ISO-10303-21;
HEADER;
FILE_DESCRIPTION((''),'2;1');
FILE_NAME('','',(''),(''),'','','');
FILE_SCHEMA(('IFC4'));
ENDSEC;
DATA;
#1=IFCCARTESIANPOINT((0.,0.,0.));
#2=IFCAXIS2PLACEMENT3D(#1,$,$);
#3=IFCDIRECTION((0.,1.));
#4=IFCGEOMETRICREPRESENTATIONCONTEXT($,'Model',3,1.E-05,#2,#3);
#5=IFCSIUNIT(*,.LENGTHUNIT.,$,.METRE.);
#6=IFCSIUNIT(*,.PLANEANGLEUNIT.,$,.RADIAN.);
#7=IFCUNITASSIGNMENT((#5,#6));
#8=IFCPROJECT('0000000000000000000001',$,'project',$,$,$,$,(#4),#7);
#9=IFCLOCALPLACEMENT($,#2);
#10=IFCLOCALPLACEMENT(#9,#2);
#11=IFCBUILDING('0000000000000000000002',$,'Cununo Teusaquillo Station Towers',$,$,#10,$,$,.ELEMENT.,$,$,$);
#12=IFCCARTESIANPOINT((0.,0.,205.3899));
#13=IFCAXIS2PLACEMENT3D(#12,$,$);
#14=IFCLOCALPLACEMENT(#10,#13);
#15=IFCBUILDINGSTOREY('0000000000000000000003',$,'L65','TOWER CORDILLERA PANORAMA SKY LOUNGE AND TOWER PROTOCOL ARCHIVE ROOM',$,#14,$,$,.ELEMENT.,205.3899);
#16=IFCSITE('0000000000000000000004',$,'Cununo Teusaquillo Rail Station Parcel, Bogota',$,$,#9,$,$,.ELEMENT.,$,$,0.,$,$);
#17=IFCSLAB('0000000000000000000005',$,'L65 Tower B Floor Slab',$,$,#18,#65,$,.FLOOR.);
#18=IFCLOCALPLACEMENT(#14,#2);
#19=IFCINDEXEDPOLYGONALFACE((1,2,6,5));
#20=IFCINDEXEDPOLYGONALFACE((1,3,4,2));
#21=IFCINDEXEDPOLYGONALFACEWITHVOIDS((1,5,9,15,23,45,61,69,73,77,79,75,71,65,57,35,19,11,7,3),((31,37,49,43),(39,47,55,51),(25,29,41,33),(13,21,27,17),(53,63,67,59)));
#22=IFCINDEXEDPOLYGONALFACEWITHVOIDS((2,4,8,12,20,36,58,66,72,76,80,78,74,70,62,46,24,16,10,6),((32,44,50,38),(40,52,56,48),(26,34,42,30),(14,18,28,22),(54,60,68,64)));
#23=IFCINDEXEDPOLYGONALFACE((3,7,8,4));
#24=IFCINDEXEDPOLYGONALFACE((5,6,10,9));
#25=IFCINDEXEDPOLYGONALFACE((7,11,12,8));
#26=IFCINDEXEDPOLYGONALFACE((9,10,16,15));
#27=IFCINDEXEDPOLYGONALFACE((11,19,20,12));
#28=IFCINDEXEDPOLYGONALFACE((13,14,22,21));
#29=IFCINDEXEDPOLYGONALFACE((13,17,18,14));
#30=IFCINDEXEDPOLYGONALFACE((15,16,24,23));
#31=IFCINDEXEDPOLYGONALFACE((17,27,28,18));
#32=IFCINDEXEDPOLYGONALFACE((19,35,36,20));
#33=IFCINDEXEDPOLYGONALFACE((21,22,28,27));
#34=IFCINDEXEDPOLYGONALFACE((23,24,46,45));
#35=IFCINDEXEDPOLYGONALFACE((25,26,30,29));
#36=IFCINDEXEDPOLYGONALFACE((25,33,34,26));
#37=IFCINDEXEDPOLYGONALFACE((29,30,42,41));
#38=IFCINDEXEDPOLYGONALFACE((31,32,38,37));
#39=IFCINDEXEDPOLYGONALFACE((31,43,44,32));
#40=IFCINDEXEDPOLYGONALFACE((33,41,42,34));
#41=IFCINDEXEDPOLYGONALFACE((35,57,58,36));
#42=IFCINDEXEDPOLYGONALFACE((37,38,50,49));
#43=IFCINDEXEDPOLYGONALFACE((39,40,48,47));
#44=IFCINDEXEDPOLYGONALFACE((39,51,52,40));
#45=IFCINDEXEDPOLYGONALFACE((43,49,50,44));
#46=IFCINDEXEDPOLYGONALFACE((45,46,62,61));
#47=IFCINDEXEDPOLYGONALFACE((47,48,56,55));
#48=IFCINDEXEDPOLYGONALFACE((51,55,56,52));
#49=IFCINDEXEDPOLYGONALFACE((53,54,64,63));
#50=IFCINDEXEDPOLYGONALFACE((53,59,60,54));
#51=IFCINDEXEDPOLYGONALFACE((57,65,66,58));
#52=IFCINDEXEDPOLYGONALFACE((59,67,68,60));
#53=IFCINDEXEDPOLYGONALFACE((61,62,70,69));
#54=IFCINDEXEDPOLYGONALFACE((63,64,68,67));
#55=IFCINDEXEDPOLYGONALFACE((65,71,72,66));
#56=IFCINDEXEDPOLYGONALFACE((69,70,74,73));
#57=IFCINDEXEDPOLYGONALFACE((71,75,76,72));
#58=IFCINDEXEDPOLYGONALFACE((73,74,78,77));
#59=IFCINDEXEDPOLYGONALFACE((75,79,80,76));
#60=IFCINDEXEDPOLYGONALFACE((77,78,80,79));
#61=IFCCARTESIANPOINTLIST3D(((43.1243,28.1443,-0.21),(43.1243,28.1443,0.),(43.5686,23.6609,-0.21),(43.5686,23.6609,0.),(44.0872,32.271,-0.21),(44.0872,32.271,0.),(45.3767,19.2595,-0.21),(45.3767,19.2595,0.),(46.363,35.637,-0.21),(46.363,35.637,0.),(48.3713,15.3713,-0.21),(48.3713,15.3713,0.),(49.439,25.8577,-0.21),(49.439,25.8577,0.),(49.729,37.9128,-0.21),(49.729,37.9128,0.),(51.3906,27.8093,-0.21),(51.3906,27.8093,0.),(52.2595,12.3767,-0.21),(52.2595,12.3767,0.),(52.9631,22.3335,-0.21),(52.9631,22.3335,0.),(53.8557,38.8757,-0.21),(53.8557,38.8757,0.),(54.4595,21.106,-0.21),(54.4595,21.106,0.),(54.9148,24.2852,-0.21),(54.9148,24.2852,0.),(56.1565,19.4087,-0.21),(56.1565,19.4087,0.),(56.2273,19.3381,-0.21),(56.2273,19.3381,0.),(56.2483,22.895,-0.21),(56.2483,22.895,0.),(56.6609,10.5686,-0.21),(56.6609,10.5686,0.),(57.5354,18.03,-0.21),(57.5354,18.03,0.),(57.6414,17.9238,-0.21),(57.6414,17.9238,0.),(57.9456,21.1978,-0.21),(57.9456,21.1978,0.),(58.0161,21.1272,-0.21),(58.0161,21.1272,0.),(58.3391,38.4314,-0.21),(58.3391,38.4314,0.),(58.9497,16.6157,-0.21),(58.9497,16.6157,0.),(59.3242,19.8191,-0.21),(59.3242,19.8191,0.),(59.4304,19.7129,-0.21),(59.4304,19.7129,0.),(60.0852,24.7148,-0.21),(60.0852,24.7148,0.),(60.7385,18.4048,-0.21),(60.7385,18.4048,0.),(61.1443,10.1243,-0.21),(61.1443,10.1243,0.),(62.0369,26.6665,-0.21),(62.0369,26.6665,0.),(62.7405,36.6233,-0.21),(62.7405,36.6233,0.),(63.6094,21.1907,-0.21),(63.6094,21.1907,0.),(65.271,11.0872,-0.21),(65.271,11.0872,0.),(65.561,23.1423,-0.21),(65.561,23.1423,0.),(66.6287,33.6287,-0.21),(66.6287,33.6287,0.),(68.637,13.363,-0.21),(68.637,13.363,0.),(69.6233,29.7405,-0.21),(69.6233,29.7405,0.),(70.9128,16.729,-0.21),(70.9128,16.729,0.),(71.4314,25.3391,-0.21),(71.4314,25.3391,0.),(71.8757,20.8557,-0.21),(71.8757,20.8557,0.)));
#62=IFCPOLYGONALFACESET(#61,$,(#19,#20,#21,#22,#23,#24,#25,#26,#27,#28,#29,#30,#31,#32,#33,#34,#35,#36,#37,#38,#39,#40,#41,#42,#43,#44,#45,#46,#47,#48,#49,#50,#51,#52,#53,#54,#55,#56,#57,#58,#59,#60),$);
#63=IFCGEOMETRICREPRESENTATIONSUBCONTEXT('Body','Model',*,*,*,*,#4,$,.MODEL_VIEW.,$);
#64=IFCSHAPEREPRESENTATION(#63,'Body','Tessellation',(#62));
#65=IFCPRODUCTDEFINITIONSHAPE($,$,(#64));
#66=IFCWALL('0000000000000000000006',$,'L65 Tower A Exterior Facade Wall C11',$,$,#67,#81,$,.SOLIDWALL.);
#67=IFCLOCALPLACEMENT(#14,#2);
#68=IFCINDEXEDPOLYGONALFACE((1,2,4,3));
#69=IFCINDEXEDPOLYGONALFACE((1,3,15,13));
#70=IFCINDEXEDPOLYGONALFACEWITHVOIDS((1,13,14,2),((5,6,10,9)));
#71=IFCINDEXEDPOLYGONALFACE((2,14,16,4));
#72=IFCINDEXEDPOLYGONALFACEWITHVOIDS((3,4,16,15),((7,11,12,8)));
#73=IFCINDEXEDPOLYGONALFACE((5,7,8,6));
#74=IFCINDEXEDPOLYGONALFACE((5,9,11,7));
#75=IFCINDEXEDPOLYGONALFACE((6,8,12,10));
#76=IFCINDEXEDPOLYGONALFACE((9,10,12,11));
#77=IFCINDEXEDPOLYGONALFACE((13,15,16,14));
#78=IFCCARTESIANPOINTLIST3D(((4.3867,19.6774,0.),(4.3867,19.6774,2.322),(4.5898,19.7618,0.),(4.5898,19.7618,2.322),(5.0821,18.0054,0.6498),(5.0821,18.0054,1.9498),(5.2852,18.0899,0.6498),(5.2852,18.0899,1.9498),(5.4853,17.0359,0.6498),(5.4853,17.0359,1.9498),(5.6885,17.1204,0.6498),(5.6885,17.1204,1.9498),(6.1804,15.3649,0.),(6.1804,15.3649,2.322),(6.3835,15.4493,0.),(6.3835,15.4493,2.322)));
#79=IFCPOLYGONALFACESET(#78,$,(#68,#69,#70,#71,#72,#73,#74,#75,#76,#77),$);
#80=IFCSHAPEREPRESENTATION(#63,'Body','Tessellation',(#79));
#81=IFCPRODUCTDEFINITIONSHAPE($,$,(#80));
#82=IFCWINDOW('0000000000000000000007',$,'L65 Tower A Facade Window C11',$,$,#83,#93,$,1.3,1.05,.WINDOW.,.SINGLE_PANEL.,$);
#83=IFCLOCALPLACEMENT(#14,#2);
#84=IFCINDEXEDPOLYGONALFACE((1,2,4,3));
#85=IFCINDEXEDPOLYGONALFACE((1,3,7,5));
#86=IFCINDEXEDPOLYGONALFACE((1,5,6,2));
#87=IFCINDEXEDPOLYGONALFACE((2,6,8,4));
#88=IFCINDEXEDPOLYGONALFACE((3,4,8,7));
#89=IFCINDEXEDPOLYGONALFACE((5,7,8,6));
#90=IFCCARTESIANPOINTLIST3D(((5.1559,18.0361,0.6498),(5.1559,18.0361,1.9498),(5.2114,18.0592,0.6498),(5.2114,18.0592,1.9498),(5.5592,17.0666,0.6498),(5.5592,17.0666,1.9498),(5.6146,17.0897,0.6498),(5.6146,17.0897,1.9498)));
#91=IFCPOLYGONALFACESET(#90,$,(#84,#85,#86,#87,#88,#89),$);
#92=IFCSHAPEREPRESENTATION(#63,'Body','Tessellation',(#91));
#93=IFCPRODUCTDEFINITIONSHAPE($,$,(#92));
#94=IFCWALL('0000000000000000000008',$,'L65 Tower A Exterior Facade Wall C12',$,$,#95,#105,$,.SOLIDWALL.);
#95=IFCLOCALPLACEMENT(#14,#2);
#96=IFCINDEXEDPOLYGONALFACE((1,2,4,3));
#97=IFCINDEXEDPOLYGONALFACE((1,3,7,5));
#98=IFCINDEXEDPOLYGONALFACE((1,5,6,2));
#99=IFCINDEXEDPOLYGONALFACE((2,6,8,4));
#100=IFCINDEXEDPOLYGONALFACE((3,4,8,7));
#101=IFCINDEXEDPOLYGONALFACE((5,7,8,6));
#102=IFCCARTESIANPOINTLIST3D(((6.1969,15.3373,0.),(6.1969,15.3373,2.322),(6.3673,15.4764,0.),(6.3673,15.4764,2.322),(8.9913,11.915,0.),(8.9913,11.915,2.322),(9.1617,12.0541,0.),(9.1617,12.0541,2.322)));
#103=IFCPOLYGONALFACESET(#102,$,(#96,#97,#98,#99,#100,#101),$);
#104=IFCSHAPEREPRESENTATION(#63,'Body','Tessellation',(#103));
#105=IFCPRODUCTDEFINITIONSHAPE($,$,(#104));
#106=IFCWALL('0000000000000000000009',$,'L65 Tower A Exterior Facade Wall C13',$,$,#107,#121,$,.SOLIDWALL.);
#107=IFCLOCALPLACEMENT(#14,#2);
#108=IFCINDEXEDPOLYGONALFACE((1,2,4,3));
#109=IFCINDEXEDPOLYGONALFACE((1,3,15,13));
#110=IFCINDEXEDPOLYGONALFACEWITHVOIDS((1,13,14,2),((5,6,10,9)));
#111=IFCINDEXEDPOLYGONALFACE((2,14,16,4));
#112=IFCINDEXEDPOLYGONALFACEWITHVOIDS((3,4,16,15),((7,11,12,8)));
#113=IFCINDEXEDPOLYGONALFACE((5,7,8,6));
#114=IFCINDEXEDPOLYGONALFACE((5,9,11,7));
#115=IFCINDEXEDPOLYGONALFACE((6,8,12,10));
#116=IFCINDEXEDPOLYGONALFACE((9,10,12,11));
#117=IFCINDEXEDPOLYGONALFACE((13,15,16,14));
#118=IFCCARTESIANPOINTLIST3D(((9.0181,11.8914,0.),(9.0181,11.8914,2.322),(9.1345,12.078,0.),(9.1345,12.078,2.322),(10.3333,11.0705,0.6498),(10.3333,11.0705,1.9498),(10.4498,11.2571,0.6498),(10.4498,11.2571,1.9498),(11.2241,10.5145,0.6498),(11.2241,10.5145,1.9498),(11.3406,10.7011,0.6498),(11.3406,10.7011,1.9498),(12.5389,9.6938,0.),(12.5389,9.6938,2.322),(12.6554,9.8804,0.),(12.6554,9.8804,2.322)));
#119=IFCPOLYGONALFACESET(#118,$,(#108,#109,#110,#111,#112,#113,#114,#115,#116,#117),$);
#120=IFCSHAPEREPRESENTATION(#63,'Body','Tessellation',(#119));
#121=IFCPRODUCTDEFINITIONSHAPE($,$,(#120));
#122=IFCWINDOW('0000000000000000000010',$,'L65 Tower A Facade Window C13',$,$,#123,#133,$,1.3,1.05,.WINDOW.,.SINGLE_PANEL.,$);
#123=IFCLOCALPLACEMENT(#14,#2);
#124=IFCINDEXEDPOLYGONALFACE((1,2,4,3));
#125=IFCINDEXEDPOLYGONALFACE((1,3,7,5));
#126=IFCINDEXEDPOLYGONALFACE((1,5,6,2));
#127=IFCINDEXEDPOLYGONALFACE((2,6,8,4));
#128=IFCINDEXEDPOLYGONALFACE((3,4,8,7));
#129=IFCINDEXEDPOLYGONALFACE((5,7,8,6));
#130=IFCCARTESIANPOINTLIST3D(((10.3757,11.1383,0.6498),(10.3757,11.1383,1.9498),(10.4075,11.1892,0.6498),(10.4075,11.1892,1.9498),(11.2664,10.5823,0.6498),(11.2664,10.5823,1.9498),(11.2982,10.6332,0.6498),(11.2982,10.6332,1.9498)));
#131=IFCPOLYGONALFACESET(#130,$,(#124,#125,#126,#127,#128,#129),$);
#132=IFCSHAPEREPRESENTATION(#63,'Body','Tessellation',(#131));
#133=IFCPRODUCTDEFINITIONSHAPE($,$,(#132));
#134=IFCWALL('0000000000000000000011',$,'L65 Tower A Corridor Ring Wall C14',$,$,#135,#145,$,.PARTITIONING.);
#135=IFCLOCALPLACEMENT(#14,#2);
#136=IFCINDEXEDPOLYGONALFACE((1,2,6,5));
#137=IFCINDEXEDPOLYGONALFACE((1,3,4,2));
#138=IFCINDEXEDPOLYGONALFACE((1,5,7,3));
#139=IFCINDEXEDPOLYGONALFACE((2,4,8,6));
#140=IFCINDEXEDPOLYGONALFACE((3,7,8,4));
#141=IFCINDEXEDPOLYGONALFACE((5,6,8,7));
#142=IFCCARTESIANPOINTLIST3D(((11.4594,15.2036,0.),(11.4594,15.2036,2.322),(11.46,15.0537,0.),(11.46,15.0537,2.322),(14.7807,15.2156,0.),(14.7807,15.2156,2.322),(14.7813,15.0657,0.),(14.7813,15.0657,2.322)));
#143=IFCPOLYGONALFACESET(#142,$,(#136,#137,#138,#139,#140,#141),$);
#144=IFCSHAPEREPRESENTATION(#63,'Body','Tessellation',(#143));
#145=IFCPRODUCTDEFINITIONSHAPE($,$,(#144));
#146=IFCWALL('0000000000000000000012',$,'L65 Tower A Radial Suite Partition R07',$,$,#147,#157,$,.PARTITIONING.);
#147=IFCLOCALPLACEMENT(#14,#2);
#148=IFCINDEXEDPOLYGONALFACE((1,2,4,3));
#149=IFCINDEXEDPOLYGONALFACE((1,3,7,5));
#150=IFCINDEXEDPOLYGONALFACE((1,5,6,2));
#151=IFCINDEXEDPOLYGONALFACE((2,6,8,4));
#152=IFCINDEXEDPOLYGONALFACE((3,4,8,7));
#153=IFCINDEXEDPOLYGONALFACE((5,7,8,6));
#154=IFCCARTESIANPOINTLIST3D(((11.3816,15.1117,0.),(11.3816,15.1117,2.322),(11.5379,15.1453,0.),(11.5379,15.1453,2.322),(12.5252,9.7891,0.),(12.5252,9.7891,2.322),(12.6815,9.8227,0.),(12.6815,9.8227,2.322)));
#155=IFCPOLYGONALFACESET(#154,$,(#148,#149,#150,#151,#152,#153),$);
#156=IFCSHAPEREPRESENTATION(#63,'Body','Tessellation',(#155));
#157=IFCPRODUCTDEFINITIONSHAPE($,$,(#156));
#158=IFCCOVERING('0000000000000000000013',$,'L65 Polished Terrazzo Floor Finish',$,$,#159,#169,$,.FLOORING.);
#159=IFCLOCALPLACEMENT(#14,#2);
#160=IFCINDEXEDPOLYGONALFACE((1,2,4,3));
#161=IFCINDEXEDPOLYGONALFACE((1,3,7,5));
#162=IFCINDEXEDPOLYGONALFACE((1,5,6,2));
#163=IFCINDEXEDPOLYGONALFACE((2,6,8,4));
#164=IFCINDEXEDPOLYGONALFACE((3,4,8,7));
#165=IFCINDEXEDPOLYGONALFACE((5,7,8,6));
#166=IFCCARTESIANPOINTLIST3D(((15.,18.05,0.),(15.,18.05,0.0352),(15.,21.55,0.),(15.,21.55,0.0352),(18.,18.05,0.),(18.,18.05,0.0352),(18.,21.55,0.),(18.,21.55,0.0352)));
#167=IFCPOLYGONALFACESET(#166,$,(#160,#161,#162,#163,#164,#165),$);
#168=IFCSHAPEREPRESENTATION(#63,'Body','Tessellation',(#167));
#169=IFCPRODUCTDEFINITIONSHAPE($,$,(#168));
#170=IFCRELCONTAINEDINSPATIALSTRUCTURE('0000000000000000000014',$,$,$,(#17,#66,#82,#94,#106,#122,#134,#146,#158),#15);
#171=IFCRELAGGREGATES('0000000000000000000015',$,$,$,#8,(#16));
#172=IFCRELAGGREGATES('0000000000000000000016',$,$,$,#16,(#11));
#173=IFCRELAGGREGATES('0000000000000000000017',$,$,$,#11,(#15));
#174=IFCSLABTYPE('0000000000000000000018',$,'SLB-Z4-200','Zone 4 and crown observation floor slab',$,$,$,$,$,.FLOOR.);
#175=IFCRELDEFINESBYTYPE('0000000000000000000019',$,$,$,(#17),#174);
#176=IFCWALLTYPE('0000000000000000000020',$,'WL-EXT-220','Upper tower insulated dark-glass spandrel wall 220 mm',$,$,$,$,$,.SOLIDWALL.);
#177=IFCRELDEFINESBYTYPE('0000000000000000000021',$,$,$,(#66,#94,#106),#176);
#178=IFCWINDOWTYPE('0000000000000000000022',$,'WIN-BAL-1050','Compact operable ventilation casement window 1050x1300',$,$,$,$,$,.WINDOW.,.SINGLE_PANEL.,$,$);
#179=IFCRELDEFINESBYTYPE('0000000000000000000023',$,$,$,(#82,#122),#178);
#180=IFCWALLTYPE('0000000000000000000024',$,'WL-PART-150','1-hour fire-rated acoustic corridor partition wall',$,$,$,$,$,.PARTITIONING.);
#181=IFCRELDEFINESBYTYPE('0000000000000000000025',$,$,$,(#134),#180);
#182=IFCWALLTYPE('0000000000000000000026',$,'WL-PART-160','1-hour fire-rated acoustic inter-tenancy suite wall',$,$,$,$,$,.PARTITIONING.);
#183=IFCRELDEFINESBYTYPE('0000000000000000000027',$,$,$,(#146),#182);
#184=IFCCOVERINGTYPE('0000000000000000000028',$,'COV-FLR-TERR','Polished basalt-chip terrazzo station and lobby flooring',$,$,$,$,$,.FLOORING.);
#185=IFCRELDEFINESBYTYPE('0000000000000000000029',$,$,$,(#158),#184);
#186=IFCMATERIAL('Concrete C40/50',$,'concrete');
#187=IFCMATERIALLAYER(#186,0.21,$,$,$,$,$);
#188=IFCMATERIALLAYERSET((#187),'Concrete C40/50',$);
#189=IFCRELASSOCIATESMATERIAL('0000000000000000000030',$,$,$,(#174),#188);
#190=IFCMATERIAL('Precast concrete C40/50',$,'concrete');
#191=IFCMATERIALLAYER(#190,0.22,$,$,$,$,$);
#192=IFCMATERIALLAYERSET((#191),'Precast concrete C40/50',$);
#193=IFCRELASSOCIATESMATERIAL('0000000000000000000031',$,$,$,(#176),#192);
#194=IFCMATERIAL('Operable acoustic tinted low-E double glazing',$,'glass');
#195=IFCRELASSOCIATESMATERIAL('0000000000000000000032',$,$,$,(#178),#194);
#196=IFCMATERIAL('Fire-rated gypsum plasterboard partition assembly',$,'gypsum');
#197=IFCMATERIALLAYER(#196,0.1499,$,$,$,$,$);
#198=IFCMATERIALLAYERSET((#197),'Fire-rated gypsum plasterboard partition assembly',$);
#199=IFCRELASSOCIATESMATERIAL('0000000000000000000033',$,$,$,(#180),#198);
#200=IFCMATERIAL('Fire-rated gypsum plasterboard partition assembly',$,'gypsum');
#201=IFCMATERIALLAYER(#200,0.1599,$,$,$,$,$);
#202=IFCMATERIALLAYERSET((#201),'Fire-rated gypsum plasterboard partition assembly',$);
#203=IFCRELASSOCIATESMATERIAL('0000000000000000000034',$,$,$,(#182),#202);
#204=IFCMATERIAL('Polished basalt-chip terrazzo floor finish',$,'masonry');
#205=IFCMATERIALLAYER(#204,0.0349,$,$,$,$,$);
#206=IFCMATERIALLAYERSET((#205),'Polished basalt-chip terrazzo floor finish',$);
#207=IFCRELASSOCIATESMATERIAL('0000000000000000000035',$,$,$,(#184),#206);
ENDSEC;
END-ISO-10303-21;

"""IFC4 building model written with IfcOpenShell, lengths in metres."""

from ifc_helpers import new_model, si_unit, direction, frame, frame_2d, origin, place, context, subcontext, project, spatial, polyline, rectangle, outline, extrude, source, transform, mapped, material, layer, layer_set, type_object, element, fill, save


model = new_model("IFC4")

# Units and contexts
model_context = context("Model", 3, precision=1e-05, world=origin(), true_north=direction((0.0, 1.0)))
body_context = subcontext(model_context, "Body", "Model", "MODEL_VIEW")
ifc_project = project(units=[si_unit("LENGTHUNIT", "METRE"), si_unit("PLANEANGLEUNIT", "RADIAN")], contexts=[model_context])

# Site, building, storey
site_placement = place(None, origin())
site = spatial("IfcSite", under=ifc_project, at=site_placement, Name="Cununo Teusaquillo Rail Station Parcel, Bogota", CompositionType="ELEMENT", RefElevation=0.0)
building_placement = place(site_placement, origin())
building = spatial("IfcBuilding", under=site, at=building_placement, Name="Cununo Teusaquillo Station Towers", CompositionType="ELEMENT")
storey_placement = place(building_placement, frame((0.0, 0.0, 205.3899)))
storey = spatial("IfcBuildingStorey", under=building, at=storey_placement, Name="L65", Description="TOWER CORDILLERA PANORAMA SKY LOUNGE AND TOWER PROTOCOL ARCHIVE ROOM", CompositionType="ELEMENT", Elevation=205.3899)

# Slab
ifc_material_1 = material(Name="Concrete C40/50", Category="concrete")
ifc_layer_1 = layer(ifc_material_1, 0.21)
ifc_layer_set_1 = layer_set([ifc_layer_1], Name="Concrete C40/50")
slab_type_1 = type_object("IfcSlabType", Name="SLB-Z4-200", Description="Zone 4 and crown observation floor slab", PredefinedType="FLOOR", material=ifc_layer_set_1)
slab_1_placement = place(storey_placement, frame((0.0, 0.0, -0.21)))
element("IfcSlab", 1, at=slab_1_placement, inside=storey, type_object=slab_type_1, Name="L65 Tower B Floor Slab", PredefinedType="FLOOR", context=body_context, shape_type="SweptSolid", body=[
    extrude(outline(polyline([(66.6287, 33.6287), (62.7405, 36.6233), (58.3391, 38.4314), (53.8557, 38.8757), (49.729, 37.9128), (46.363, 35.637), (44.0872, 32.271), (43.1243, 28.1443), (43.5686, 23.6609), (45.3767, 19.2595), (48.3713, 15.3713), (52.2595, 12.3767), (56.6609, 10.5686), (61.1443, 10.1243), (65.271, 11.0872), (68.637, 13.363), (70.9128, 16.729), (71.8757, 20.8557), (71.4314, 25.3391), (69.6233, 29.7405), (66.6287, 33.6287)]), holes=[polyline([(54.9148, 24.2852), (51.3906, 27.8093), (49.439, 25.8577), (52.9631, 22.3335), (54.9148, 24.2852)]), polyline([(60.0852, 24.7148), (63.6094, 21.1907), (65.561, 23.1423), (62.0369, 26.6665), (60.0852, 24.7148)]), polyline([(56.1565, 19.4087), (57.9456, 21.1978), (56.2483, 22.895), (54.4595, 21.106), (56.1565, 19.4087)]), polyline([(58.9497, 16.6157), (60.7385, 18.4048), (59.4304, 19.7129), (57.6414, 17.9238), (58.9497, 16.6157)]), polyline([(57.5354, 18.03), (59.3242, 19.8191), (58.0161, 21.1272), (56.2273, 19.3381), (57.5354, 18.03)])]), origin(), (0.0, 0.0, 1.0), 0.21),
])

# Wall, opening, window
ifc_material_2 = material(Name="Precast concrete C40/50", Category="concrete")
ifc_layer_2 = layer(ifc_material_2, 0.22)
ifc_layer_set_2 = layer_set([ifc_layer_2], Name="Precast concrete C40/50")
wall_type_1 = type_object("IfcWallType", Name="WL-EXT-220", Description="Upper tower insulated dark-glass spandrel wall 220 mm", PredefinedType="SOLIDWALL", material=ifc_layer_set_2)
wall_1_placement = place(storey_placement, frame((6.282, 15.407, 0.0), z_axis=(0.0, 0.0, 1.0), x_axis=(-0.384036, 0.923318, 0.0)))
wall_1 = element("IfcWall", 2, at=wall_1_placement, inside=storey, type_object=wall_type_1, Name="L65 Tower A Exterior Facade Wall C11", PredefinedType="SOLIDWALL", context=body_context, shape_type="SweptSolid", body=[
    extrude(rectangle(XDim=4.6707, YDim=0.22, at=frame_2d((2.3354, 0.0))), origin(), (0.0, 0.0, 1.0), 2.322),
])
shared_shape_1 = source(origin(), body_context, "Body", "SweptSolid", [
    extrude(rectangle(XDim=1.05, YDim=1.3, at=frame_2d((0.5249, 0.6499))), frame((0.0, 0.1199, 0.0), z_axis=(0.0, -1.0, 0.0), x_axis=(1.0, 0.0, 0.0)), (0.0, 0.0, 1.0), 0.24),
])
opening_1_placement = place(wall_1_placement, frame((1.8101, 0.0, 0.6499)))
opening_1 = element("IfcOpeningElement", 3, at=opening_1_placement, cuts=wall_1, PredefinedType="OPENING", context=body_context, shape_type="MappedRepresentation", body=[
    mapped(shared_shape_1, transform((0.0, 0.0, 0.0), x_axis=(1.0, 0.0, 0.0), y_axis=(0.0, 1.0, 0.0), z_axis=(0.0, 0.0, 1.0), scale=1.0)),
])
ifc_material_3 = material(Name="Operable acoustic tinted low-E double glazing", Category="glass")
window_type = type_object("IfcWindowType", Name="WIN-BAL-1050", Description="Compact operable ventilation casement window 1050x1300", PartitioningType="SINGLE_PANEL", PredefinedType="WINDOW", material=ifc_material_3)
shared_shape_2 = source(origin(), body_context, "Body", "SweptSolid", [
    extrude(rectangle(XDim=1.05, YDim=1.3, at=frame_2d((0.5249, 0.6499))), frame((0.0, 0.03, 0.0), z_axis=(0.0, -1.0, 0.0), x_axis=(1.0, 0.0, 0.0)), (0.0, 0.0, 1.0), 0.0601),
])
window_1_placement = place(opening_1_placement, origin())
window_1 = element("IfcWindow", 4, at=window_1_placement, inside=storey, type_object=window_type, Name="L65 Tower A Facade Window C11", OverallHeight=1.3, OverallWidth=1.05, PartitioningType="SINGLE_PANEL", PredefinedType="WINDOW", context=body_context, shape_type="MappedRepresentation", body=[
    mapped(shared_shape_2, transform((0.0, 0.0, 0.0), x_axis=(1.0, 0.0, 0.0), y_axis=(0.0, 1.0, 0.0), z_axis=(0.0, 0.0, 1.0), scale=1.0)),
])
fill(opening_1, window_1)

# Wall
wall_2_placement = place(storey_placement, frame((9.0764, 11.9846, 0.0), z_axis=(0.0, 0.0, 1.0), x_axis=(-0.632467, 0.774587, 0.0)))
element("IfcWall", 5, at=wall_2_placement, inside=storey, type_object=wall_type_1, Name="L65 Tower A Exterior Facade Wall C12", PredefinedType="SOLIDWALL", context=body_context, shape_type="SweptSolid", body=[
    extrude(rectangle(XDim=4.4182, YDim=0.22, at=frame_2d((2.209, 0.0))), origin(), (0.0, 0.0, 1.0), 2.322),
])

# Wall, opening, window
wall_3_placement = place(storey_placement, frame((12.5972, 9.7871, 0.0), z_axis=(0.0, 0.0, 1.0), x_axis=(-0.848319, 0.529486, 0.0)))
wall_3 = element("IfcWall", 6, at=wall_3_placement, inside=storey, type_object=wall_type_1, Name="L65 Tower A Exterior Facade Wall C13", PredefinedType="SOLIDWALL", context=body_context, shape_type="SweptSolid", body=[
    extrude(rectangle(XDim=4.1504, YDim=0.22, at=frame_2d((2.0752, 0.0))), origin(), (0.0, 0.0, 1.0), 2.322),
])
opening_2_placement = place(wall_3_placement, frame((1.55, 0.0, 0.6499)))
opening_2 = element("IfcOpeningElement", 7, at=opening_2_placement, cuts=wall_3, PredefinedType="OPENING", context=body_context, shape_type="MappedRepresentation", body=[
    mapped(shared_shape_1, transform((0.0, 0.0, 0.0), x_axis=(1.0, 0.0, 0.0), y_axis=(0.0, 1.0, 0.0), z_axis=(0.0, 0.0, 1.0), scale=1.0)),
])
window_2_placement = place(opening_2_placement, origin())
window_2 = element("IfcWindow", 8, at=window_2_placement, inside=storey, type_object=window_type, Name="L65 Tower A Facade Window C13", OverallHeight=1.3, OverallWidth=1.05, PartitioningType="SINGLE_PANEL", PredefinedType="WINDOW", context=body_context, shape_type="MappedRepresentation", body=[
    mapped(shared_shape_2, transform((0.0, 0.0, 0.0), x_axis=(1.0, 0.0, 0.0), y_axis=(0.0, 1.0, 0.0), z_axis=(0.0, 0.0, 1.0), scale=1.0)),
])
fill(opening_2, window_2)

# Walls
ifc_material_4 = material(Name="Fire-rated gypsum plasterboard partition assembly", Category="gypsum")
ifc_layer_3 = layer(ifc_material_4, 0.1499)
ifc_layer_set_3 = layer_set([ifc_layer_3], Name="Fire-rated gypsum plasterboard partition assembly")
wall_type_2 = type_object("IfcWallType", Name="WL-PART-150", Description="1-hour fire-rated acoustic corridor partition wall", PredefinedType="PARTITIONING", material=ifc_layer_set_3)
wall_4_placement = place(storey_placement, frame((11.4597, 15.1287, 0.0), z_axis=(0.0, 0.0, 1.0), x_axis=(0.999994, 0.003602, 0.0)))
element("IfcWall", 9, at=wall_4_placement, inside=storey, type_object=wall_type_2, Name="L65 Tower A Corridor Ring Wall C14", PredefinedType="PARTITIONING", context=body_context, shape_type="SweptSolid", body=[
    extrude(rectangle(XDim=3.3213, YDim=0.1499, at=frame_2d((1.6606, 0.0))), origin(), (0.0, 0.0, 1.0), 2.322),
])
ifc_material_5 = material(Name="Fire-rated gypsum plasterboard partition assembly", Category="gypsum")
ifc_layer_4 = layer(ifc_material_5, 0.1599)
ifc_layer_set_4 = layer_set([ifc_layer_4], Name="Fire-rated gypsum plasterboard partition assembly")
wall_type_3 = type_object("IfcWallType", Name="WL-PART-160", Description="1-hour fire-rated acoustic inter-tenancy suite wall", PredefinedType="PARTITIONING", material=ifc_layer_set_4)
wall_5_placement = place(storey_placement, frame((11.4597, 15.1287, 0.0), z_axis=(0.0, 0.0, 1.0), x_axis=(0.210059, -0.977689, 0.0)))
element("IfcWall", 10, at=wall_5_placement, inside=storey, type_object=wall_type_3, Name="L65 Tower A Radial Suite Partition R07", PredefinedType="PARTITIONING", context=body_context, shape_type="SweptSolid", body=[
    extrude(rectangle(XDim=5.4441, YDim=0.1599, at=frame_2d((2.7222, 0.0))), origin(), (0.0, 0.0, 1.0), 2.322),
])

# Covering
ifc_material_6 = material(Name="Polished basalt-chip terrazzo floor finish", Category="masonry")
ifc_layer_5 = layer(ifc_material_6, 0.0349)
ifc_layer_set_5 = layer_set([ifc_layer_5], Name="Polished basalt-chip terrazzo floor finish")
covering_type = type_object("IfcCoveringType", Name="COV-FLR-TERR", Description="Polished basalt-chip terrazzo station and lobby flooring", PredefinedType="FLOORING", material=ifc_layer_set_5)
covering_placement = place(storey_placement, origin())
element("IfcCovering", 11, at=covering_placement, inside=storey, type_object=covering_type, Name="L65 Polished Terrazzo Floor Finish", PredefinedType="FLOORING", context=body_context, shape_type="SweptSolid", body=[
    extrude(outline(polyline([(15.0, 18.05), (18.0, 18.05), (18.0, 21.55), (15.0, 21.55), (15.0, 18.05)])), origin(), (0.0, 0.0, 1.0), 0.0352),
])

save(model, "model.ifc")
